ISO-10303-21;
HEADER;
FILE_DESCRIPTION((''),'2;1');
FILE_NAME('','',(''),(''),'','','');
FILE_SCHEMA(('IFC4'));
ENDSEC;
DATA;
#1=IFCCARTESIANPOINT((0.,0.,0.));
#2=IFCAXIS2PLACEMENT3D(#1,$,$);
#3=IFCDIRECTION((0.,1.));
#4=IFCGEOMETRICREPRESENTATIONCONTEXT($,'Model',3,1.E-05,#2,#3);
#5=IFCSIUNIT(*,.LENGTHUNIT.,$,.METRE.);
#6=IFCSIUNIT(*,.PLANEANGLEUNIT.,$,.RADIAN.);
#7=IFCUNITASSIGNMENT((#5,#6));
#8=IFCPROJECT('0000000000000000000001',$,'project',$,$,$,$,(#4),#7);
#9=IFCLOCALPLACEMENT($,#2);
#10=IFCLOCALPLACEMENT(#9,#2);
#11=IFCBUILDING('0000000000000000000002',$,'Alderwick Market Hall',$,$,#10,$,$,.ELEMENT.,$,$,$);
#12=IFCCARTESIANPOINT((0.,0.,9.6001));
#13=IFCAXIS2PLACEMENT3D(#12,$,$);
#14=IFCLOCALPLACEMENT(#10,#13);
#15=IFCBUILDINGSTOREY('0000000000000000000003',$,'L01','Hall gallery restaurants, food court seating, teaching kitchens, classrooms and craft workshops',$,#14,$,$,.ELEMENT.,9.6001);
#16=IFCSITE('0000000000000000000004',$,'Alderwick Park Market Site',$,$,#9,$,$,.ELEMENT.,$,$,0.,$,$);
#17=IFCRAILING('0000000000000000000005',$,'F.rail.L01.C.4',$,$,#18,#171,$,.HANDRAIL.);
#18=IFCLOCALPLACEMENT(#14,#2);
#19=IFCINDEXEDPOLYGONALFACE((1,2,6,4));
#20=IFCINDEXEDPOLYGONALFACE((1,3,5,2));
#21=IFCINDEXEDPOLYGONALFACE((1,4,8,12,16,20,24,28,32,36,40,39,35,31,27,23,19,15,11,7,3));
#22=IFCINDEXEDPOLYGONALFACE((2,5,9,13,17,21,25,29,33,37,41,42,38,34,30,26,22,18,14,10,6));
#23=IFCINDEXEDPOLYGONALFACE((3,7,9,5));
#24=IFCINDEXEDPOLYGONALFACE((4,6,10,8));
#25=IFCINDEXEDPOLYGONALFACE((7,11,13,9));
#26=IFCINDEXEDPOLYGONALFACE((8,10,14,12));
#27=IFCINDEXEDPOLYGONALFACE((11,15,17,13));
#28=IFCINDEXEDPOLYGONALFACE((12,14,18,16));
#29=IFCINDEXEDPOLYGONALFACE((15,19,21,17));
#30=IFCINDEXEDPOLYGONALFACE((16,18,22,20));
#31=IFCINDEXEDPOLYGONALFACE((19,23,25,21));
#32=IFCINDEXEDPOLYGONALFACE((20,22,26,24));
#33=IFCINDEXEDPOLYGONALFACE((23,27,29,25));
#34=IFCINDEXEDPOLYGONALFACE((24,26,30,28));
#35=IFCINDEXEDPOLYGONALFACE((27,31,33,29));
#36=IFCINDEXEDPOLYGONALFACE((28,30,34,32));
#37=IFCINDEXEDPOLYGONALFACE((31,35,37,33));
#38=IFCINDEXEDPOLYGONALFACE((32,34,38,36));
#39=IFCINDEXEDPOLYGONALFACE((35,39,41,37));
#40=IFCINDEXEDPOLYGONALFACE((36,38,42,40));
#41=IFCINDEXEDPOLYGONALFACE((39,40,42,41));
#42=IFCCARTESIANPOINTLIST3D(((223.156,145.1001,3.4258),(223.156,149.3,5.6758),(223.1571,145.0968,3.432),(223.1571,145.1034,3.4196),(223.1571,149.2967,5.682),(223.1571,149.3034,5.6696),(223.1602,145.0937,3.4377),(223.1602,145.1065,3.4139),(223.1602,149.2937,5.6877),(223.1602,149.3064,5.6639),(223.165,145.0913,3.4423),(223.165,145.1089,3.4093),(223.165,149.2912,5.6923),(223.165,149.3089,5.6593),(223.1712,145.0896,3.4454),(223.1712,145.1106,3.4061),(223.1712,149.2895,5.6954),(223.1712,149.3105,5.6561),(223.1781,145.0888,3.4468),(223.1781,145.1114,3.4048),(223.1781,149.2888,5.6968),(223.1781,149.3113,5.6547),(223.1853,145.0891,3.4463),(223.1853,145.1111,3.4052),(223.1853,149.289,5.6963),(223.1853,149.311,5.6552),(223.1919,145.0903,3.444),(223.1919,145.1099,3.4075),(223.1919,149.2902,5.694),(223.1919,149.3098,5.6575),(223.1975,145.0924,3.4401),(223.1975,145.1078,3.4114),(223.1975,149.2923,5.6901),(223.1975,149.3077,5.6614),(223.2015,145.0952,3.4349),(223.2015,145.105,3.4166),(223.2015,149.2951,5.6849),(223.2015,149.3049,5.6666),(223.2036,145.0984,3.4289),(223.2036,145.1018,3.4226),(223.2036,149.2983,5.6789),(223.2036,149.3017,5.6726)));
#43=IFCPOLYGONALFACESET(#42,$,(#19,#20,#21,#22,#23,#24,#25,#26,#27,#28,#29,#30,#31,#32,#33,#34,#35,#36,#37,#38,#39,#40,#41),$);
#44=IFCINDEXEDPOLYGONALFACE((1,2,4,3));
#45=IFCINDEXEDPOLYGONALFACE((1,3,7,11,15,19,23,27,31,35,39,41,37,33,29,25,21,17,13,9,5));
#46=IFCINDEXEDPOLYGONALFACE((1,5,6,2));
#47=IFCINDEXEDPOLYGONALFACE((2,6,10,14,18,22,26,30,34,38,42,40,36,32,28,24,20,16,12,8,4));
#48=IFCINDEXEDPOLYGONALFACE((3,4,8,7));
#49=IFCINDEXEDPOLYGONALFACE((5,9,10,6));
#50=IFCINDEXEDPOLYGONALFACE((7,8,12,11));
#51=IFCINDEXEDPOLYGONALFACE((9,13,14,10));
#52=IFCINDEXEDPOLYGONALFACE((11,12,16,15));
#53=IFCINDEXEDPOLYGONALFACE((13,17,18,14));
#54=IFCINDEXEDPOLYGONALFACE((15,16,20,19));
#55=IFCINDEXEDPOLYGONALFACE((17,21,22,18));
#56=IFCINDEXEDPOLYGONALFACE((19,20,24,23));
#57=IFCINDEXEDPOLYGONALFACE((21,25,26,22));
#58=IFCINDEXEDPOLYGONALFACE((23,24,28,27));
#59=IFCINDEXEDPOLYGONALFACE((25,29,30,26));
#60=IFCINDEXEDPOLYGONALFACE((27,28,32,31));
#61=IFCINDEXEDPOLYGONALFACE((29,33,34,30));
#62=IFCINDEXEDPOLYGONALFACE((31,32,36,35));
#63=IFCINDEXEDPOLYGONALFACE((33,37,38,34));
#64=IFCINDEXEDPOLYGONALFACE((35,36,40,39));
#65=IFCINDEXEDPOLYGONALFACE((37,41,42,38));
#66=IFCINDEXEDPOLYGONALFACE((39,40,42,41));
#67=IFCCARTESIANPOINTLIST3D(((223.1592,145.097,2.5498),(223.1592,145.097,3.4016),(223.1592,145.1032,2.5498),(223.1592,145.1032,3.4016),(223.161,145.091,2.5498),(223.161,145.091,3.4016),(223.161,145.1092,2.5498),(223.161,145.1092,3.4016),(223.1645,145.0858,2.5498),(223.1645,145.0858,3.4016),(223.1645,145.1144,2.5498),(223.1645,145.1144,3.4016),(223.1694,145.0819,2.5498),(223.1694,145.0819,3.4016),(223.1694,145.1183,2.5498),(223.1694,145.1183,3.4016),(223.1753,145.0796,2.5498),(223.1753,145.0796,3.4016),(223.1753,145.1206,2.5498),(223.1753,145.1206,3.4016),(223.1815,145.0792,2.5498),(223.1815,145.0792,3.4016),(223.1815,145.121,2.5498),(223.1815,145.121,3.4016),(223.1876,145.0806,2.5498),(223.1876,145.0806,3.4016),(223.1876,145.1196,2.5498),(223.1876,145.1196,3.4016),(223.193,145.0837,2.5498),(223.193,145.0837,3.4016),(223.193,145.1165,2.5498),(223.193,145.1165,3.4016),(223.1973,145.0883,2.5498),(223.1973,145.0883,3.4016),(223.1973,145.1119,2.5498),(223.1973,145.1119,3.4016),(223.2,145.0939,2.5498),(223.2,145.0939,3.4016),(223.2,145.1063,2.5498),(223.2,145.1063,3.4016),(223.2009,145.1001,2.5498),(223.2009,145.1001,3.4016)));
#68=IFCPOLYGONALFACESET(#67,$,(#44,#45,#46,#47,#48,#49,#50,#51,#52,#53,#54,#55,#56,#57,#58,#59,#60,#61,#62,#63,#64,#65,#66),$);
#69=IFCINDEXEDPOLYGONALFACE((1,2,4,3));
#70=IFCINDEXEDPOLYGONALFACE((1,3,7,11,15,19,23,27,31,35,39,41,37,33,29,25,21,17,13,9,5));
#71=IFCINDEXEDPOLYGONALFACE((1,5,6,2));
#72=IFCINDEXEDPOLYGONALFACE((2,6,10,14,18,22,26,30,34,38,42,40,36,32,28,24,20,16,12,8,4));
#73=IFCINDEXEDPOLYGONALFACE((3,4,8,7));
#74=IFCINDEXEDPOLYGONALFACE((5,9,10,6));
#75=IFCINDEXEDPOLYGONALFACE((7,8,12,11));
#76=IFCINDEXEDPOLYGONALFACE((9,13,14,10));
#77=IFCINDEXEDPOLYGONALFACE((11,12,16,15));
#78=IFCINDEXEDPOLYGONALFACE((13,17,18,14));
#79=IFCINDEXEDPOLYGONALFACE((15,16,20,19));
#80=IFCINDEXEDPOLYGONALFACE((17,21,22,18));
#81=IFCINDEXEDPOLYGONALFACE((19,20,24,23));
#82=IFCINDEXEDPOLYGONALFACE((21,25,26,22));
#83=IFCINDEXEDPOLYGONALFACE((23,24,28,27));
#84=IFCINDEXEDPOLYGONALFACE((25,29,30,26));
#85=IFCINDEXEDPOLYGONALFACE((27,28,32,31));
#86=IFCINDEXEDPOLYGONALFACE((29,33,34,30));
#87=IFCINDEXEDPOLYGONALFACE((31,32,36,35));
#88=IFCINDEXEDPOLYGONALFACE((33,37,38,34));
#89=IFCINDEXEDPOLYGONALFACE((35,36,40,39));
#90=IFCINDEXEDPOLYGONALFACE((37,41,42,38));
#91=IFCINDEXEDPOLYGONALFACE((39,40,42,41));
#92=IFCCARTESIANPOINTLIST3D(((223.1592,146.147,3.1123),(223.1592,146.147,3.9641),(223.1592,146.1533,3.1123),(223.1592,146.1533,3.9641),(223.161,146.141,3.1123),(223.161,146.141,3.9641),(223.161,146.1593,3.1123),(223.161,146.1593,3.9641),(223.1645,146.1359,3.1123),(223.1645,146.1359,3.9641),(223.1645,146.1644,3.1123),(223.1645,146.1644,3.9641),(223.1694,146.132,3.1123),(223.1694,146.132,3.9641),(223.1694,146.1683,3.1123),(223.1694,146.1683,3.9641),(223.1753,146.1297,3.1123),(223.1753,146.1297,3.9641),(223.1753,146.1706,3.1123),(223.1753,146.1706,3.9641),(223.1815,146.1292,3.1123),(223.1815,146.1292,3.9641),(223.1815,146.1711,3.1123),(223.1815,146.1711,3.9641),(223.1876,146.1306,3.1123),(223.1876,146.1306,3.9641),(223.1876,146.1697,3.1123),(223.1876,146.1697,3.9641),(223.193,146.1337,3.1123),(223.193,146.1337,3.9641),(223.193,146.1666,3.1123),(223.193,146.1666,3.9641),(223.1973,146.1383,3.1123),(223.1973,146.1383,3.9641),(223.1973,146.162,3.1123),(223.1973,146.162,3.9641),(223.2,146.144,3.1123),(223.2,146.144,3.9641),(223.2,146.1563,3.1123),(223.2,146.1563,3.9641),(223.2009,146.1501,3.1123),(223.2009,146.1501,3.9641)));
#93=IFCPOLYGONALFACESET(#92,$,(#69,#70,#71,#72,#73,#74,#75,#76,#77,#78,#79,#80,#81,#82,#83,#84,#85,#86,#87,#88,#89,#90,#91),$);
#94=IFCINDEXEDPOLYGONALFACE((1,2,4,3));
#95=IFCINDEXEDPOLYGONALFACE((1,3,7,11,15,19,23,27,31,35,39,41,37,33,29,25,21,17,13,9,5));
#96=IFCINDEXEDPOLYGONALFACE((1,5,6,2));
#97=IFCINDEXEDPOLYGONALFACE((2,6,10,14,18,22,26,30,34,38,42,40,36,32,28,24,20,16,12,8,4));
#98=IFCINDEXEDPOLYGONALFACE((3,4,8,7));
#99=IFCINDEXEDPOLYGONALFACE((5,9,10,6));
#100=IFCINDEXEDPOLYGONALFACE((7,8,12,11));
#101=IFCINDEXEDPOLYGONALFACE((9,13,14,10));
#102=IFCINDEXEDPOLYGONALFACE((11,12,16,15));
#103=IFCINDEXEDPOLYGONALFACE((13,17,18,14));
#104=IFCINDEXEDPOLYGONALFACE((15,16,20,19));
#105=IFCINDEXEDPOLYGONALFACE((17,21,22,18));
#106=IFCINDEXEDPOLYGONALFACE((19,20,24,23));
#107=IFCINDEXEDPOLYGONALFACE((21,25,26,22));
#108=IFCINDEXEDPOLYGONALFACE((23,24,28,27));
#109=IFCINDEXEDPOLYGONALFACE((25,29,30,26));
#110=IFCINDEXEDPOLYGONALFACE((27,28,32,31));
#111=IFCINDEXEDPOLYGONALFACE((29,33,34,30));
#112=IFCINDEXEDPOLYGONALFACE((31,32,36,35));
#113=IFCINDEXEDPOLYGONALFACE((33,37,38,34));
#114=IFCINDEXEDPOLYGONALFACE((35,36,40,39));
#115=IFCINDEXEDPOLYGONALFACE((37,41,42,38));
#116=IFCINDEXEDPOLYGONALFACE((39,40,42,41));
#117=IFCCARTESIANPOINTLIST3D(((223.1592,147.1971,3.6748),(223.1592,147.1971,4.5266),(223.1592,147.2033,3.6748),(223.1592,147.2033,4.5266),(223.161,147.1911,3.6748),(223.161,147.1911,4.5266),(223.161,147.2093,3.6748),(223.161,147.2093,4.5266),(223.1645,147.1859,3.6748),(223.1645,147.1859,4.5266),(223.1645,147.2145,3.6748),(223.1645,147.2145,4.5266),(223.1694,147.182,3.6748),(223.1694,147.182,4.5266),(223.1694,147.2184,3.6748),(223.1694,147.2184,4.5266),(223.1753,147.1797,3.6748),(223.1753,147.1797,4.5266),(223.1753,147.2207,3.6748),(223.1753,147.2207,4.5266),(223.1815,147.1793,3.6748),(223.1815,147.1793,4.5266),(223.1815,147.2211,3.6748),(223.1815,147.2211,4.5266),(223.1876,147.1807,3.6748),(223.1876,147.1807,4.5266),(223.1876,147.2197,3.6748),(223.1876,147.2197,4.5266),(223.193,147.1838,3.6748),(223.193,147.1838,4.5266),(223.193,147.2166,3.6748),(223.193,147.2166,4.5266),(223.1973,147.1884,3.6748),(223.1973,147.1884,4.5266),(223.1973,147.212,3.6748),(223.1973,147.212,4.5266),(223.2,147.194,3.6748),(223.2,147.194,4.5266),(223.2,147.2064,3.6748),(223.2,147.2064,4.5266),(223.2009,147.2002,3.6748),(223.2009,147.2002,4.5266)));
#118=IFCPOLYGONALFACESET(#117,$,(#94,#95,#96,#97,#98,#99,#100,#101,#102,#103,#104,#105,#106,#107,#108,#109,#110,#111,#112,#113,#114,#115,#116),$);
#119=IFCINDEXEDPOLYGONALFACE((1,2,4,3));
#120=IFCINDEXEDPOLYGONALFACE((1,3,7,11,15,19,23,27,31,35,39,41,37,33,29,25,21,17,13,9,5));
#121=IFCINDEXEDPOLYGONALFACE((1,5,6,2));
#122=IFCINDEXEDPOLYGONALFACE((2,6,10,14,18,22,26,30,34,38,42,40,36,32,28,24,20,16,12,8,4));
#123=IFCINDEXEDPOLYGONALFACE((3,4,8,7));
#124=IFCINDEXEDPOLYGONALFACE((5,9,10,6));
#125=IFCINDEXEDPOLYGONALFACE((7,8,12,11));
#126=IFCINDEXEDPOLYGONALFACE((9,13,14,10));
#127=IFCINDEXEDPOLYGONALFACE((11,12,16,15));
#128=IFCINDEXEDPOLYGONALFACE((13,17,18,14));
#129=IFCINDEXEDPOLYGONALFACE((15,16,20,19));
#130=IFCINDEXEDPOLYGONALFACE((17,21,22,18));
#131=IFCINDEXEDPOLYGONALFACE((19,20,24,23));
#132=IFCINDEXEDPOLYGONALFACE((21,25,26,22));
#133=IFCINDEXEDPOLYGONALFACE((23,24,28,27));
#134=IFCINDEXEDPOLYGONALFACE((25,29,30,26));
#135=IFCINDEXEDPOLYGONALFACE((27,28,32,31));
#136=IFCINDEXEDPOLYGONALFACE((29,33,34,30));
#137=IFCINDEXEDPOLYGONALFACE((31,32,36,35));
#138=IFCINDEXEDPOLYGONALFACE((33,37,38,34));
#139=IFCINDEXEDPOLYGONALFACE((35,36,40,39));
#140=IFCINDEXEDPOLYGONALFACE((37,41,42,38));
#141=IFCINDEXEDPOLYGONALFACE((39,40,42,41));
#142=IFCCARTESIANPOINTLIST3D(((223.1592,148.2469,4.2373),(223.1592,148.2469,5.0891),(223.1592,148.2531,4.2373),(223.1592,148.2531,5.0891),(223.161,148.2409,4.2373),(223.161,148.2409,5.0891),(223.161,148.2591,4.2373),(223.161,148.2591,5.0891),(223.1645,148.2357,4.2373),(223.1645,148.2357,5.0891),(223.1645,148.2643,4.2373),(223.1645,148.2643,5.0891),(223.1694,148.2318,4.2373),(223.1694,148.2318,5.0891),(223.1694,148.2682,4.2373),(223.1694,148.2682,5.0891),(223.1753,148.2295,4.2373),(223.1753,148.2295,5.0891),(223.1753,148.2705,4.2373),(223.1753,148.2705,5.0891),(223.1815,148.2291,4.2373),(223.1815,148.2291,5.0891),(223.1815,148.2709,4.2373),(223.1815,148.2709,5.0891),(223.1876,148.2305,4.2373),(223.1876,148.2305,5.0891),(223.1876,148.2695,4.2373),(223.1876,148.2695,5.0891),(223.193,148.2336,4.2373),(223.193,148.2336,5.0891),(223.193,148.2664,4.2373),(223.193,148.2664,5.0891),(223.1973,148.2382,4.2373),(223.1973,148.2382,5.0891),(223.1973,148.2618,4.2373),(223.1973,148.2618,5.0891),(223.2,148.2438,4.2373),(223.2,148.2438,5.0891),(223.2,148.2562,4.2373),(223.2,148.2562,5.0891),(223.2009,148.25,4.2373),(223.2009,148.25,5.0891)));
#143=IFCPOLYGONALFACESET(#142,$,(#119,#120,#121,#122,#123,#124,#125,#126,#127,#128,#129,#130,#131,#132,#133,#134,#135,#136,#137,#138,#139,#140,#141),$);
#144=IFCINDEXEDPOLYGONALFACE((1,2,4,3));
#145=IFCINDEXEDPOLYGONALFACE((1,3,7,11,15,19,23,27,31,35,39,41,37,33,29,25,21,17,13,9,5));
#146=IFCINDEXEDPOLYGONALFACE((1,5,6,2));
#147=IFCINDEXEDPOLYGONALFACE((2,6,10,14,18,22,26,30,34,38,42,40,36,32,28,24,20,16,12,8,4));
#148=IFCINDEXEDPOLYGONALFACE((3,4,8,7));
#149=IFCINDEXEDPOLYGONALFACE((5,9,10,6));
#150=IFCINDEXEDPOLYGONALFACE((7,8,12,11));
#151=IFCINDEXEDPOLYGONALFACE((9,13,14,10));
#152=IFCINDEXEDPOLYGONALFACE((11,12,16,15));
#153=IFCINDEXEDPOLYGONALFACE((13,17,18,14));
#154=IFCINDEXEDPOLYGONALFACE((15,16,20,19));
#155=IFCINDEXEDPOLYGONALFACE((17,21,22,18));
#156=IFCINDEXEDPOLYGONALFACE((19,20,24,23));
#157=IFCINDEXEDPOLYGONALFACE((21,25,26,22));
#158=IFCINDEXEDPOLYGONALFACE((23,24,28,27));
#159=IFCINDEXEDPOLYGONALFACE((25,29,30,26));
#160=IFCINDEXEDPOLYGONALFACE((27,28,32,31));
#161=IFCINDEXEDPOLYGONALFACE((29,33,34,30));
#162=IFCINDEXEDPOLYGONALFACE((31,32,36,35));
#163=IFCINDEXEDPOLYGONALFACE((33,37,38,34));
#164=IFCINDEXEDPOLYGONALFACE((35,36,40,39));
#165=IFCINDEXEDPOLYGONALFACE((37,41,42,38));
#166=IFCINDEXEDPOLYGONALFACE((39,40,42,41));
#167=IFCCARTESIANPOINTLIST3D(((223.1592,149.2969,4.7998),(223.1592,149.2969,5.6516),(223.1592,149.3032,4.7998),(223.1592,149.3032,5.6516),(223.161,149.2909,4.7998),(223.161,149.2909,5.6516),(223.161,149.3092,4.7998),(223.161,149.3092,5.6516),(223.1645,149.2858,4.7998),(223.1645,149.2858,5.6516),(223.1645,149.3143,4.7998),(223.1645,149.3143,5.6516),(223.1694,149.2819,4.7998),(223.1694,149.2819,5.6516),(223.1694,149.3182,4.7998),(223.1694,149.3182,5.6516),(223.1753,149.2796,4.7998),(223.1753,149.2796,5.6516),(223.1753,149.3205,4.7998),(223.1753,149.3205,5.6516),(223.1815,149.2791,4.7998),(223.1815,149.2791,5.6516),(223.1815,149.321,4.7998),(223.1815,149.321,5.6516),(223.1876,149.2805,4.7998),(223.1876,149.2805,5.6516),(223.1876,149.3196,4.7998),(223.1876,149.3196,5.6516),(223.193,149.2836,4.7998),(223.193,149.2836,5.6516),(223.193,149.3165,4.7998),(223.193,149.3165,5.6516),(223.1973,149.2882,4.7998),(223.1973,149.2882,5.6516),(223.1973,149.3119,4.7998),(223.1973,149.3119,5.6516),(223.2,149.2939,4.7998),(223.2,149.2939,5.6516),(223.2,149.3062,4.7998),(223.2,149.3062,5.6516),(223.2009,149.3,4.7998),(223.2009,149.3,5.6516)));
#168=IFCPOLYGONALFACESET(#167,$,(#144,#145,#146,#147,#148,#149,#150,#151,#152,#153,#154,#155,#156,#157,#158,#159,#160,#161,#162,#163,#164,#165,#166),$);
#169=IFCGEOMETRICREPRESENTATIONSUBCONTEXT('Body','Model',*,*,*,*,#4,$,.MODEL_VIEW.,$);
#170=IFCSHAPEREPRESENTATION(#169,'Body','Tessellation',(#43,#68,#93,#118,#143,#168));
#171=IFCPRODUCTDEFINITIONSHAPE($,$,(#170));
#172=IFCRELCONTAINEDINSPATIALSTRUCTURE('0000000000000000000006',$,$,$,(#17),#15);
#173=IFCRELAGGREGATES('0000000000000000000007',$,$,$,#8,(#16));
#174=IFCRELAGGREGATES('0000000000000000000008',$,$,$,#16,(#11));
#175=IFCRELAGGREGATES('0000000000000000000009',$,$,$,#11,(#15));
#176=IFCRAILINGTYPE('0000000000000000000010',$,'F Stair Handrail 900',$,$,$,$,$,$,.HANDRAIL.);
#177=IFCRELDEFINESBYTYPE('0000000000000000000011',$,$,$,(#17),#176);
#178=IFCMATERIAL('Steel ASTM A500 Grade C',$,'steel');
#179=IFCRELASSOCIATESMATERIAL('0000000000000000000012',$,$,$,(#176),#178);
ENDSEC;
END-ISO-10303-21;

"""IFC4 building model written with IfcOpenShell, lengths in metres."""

from ifc_helpers import new_model, si_unit, direction, frame, origin, origin_2d, place, context, subcontext, project, spatial, circle, extrude, material, type_object, element, save


model = new_model("IFC4")

# Units and contexts
model_context = context("Model", 3, precision=1e-05, world=origin(), true_north=direction((0.0, 1.0)))
body_context = subcontext(model_context, "Body", "Model", "MODEL_VIEW")
ifc_project = project(units=[si_unit("LENGTHUNIT", "METRE"), si_unit("PLANEANGLEUNIT", "RADIAN")], contexts=[model_context])

# Site, building, storey
site_placement = place(None, origin())
site = spatial("IfcSite", under=ifc_project, at=site_placement, Name="Alderwick Park Market Site", CompositionType="ELEMENT", RefElevation=0.0)
building_placement = place(site_placement, origin())
building = spatial("IfcBuilding", under=site, at=building_placement, Name="Alderwick Market Hall", CompositionType="ELEMENT")
storey_placement = place(building_placement, frame((0.0, 0.0, 9.6001)))
storey = spatial("IfcBuildingStorey", under=building, at=storey_placement, Name="L01", Description="Hall gallery restaurants, food court seating, teaching kitchens, classrooms and craft workshops", CompositionType="ELEMENT", Elevation=9.6001)

# Railing
ifc_material_1 = material(Name="Steel ASTM A500 Grade C", Category="steel")
railing_type = type_object("IfcRailingType", Name="F Stair Handrail 900", PredefinedType="HANDRAIL", material=ifc_material_1)
for number, where, name in (
    (1, (223.1799, 145.1001, 2.5498), "F.rail.L01.C.4"),
):
    element("IfcRailing", number, at=place(storey_placement, frame(where)), inside=storey, type_object=railing_type, Name=name, PredefinedType="HANDRAIL", context=body_context, shape_type="SweptSolid", body=[
        extrude(circle(Radius=0.0239, at=origin_2d()), frame((0.0, 0.0, 0.876), z_axis=(0.0, 0.881478, 0.472226), x_axis=(-1.0, 0.0, 0.0)), (0.0, 0.0, 1.0), 4.7646),
        extrude(circle(Radius=0.021, at=origin_2d()), origin(), (0.0, 0.0, 1.0), 0.8518),
        extrude(circle(Radius=0.021, at=origin_2d()), frame((0.0, 1.05, 0.5625)), (0.0, 0.0, 1.0), 0.8518),
        extrude(circle(Radius=0.021, at=origin_2d()), frame((0.0, 2.1001, 1.125)), (0.0, 0.0, 1.0), 0.8518),
        extrude(circle(Radius=0.021, at=origin_2d()), frame((0.0, 3.1499, 1.6875)), (0.0, 0.0, 1.0), 0.8518),
        extrude(circle(Radius=0.021, at=origin_2d()), frame((0.0, 4.2, 2.25)), (0.0, 0.0, 1.0), 0.8518),
    ])

save(model, "model.ifc")
